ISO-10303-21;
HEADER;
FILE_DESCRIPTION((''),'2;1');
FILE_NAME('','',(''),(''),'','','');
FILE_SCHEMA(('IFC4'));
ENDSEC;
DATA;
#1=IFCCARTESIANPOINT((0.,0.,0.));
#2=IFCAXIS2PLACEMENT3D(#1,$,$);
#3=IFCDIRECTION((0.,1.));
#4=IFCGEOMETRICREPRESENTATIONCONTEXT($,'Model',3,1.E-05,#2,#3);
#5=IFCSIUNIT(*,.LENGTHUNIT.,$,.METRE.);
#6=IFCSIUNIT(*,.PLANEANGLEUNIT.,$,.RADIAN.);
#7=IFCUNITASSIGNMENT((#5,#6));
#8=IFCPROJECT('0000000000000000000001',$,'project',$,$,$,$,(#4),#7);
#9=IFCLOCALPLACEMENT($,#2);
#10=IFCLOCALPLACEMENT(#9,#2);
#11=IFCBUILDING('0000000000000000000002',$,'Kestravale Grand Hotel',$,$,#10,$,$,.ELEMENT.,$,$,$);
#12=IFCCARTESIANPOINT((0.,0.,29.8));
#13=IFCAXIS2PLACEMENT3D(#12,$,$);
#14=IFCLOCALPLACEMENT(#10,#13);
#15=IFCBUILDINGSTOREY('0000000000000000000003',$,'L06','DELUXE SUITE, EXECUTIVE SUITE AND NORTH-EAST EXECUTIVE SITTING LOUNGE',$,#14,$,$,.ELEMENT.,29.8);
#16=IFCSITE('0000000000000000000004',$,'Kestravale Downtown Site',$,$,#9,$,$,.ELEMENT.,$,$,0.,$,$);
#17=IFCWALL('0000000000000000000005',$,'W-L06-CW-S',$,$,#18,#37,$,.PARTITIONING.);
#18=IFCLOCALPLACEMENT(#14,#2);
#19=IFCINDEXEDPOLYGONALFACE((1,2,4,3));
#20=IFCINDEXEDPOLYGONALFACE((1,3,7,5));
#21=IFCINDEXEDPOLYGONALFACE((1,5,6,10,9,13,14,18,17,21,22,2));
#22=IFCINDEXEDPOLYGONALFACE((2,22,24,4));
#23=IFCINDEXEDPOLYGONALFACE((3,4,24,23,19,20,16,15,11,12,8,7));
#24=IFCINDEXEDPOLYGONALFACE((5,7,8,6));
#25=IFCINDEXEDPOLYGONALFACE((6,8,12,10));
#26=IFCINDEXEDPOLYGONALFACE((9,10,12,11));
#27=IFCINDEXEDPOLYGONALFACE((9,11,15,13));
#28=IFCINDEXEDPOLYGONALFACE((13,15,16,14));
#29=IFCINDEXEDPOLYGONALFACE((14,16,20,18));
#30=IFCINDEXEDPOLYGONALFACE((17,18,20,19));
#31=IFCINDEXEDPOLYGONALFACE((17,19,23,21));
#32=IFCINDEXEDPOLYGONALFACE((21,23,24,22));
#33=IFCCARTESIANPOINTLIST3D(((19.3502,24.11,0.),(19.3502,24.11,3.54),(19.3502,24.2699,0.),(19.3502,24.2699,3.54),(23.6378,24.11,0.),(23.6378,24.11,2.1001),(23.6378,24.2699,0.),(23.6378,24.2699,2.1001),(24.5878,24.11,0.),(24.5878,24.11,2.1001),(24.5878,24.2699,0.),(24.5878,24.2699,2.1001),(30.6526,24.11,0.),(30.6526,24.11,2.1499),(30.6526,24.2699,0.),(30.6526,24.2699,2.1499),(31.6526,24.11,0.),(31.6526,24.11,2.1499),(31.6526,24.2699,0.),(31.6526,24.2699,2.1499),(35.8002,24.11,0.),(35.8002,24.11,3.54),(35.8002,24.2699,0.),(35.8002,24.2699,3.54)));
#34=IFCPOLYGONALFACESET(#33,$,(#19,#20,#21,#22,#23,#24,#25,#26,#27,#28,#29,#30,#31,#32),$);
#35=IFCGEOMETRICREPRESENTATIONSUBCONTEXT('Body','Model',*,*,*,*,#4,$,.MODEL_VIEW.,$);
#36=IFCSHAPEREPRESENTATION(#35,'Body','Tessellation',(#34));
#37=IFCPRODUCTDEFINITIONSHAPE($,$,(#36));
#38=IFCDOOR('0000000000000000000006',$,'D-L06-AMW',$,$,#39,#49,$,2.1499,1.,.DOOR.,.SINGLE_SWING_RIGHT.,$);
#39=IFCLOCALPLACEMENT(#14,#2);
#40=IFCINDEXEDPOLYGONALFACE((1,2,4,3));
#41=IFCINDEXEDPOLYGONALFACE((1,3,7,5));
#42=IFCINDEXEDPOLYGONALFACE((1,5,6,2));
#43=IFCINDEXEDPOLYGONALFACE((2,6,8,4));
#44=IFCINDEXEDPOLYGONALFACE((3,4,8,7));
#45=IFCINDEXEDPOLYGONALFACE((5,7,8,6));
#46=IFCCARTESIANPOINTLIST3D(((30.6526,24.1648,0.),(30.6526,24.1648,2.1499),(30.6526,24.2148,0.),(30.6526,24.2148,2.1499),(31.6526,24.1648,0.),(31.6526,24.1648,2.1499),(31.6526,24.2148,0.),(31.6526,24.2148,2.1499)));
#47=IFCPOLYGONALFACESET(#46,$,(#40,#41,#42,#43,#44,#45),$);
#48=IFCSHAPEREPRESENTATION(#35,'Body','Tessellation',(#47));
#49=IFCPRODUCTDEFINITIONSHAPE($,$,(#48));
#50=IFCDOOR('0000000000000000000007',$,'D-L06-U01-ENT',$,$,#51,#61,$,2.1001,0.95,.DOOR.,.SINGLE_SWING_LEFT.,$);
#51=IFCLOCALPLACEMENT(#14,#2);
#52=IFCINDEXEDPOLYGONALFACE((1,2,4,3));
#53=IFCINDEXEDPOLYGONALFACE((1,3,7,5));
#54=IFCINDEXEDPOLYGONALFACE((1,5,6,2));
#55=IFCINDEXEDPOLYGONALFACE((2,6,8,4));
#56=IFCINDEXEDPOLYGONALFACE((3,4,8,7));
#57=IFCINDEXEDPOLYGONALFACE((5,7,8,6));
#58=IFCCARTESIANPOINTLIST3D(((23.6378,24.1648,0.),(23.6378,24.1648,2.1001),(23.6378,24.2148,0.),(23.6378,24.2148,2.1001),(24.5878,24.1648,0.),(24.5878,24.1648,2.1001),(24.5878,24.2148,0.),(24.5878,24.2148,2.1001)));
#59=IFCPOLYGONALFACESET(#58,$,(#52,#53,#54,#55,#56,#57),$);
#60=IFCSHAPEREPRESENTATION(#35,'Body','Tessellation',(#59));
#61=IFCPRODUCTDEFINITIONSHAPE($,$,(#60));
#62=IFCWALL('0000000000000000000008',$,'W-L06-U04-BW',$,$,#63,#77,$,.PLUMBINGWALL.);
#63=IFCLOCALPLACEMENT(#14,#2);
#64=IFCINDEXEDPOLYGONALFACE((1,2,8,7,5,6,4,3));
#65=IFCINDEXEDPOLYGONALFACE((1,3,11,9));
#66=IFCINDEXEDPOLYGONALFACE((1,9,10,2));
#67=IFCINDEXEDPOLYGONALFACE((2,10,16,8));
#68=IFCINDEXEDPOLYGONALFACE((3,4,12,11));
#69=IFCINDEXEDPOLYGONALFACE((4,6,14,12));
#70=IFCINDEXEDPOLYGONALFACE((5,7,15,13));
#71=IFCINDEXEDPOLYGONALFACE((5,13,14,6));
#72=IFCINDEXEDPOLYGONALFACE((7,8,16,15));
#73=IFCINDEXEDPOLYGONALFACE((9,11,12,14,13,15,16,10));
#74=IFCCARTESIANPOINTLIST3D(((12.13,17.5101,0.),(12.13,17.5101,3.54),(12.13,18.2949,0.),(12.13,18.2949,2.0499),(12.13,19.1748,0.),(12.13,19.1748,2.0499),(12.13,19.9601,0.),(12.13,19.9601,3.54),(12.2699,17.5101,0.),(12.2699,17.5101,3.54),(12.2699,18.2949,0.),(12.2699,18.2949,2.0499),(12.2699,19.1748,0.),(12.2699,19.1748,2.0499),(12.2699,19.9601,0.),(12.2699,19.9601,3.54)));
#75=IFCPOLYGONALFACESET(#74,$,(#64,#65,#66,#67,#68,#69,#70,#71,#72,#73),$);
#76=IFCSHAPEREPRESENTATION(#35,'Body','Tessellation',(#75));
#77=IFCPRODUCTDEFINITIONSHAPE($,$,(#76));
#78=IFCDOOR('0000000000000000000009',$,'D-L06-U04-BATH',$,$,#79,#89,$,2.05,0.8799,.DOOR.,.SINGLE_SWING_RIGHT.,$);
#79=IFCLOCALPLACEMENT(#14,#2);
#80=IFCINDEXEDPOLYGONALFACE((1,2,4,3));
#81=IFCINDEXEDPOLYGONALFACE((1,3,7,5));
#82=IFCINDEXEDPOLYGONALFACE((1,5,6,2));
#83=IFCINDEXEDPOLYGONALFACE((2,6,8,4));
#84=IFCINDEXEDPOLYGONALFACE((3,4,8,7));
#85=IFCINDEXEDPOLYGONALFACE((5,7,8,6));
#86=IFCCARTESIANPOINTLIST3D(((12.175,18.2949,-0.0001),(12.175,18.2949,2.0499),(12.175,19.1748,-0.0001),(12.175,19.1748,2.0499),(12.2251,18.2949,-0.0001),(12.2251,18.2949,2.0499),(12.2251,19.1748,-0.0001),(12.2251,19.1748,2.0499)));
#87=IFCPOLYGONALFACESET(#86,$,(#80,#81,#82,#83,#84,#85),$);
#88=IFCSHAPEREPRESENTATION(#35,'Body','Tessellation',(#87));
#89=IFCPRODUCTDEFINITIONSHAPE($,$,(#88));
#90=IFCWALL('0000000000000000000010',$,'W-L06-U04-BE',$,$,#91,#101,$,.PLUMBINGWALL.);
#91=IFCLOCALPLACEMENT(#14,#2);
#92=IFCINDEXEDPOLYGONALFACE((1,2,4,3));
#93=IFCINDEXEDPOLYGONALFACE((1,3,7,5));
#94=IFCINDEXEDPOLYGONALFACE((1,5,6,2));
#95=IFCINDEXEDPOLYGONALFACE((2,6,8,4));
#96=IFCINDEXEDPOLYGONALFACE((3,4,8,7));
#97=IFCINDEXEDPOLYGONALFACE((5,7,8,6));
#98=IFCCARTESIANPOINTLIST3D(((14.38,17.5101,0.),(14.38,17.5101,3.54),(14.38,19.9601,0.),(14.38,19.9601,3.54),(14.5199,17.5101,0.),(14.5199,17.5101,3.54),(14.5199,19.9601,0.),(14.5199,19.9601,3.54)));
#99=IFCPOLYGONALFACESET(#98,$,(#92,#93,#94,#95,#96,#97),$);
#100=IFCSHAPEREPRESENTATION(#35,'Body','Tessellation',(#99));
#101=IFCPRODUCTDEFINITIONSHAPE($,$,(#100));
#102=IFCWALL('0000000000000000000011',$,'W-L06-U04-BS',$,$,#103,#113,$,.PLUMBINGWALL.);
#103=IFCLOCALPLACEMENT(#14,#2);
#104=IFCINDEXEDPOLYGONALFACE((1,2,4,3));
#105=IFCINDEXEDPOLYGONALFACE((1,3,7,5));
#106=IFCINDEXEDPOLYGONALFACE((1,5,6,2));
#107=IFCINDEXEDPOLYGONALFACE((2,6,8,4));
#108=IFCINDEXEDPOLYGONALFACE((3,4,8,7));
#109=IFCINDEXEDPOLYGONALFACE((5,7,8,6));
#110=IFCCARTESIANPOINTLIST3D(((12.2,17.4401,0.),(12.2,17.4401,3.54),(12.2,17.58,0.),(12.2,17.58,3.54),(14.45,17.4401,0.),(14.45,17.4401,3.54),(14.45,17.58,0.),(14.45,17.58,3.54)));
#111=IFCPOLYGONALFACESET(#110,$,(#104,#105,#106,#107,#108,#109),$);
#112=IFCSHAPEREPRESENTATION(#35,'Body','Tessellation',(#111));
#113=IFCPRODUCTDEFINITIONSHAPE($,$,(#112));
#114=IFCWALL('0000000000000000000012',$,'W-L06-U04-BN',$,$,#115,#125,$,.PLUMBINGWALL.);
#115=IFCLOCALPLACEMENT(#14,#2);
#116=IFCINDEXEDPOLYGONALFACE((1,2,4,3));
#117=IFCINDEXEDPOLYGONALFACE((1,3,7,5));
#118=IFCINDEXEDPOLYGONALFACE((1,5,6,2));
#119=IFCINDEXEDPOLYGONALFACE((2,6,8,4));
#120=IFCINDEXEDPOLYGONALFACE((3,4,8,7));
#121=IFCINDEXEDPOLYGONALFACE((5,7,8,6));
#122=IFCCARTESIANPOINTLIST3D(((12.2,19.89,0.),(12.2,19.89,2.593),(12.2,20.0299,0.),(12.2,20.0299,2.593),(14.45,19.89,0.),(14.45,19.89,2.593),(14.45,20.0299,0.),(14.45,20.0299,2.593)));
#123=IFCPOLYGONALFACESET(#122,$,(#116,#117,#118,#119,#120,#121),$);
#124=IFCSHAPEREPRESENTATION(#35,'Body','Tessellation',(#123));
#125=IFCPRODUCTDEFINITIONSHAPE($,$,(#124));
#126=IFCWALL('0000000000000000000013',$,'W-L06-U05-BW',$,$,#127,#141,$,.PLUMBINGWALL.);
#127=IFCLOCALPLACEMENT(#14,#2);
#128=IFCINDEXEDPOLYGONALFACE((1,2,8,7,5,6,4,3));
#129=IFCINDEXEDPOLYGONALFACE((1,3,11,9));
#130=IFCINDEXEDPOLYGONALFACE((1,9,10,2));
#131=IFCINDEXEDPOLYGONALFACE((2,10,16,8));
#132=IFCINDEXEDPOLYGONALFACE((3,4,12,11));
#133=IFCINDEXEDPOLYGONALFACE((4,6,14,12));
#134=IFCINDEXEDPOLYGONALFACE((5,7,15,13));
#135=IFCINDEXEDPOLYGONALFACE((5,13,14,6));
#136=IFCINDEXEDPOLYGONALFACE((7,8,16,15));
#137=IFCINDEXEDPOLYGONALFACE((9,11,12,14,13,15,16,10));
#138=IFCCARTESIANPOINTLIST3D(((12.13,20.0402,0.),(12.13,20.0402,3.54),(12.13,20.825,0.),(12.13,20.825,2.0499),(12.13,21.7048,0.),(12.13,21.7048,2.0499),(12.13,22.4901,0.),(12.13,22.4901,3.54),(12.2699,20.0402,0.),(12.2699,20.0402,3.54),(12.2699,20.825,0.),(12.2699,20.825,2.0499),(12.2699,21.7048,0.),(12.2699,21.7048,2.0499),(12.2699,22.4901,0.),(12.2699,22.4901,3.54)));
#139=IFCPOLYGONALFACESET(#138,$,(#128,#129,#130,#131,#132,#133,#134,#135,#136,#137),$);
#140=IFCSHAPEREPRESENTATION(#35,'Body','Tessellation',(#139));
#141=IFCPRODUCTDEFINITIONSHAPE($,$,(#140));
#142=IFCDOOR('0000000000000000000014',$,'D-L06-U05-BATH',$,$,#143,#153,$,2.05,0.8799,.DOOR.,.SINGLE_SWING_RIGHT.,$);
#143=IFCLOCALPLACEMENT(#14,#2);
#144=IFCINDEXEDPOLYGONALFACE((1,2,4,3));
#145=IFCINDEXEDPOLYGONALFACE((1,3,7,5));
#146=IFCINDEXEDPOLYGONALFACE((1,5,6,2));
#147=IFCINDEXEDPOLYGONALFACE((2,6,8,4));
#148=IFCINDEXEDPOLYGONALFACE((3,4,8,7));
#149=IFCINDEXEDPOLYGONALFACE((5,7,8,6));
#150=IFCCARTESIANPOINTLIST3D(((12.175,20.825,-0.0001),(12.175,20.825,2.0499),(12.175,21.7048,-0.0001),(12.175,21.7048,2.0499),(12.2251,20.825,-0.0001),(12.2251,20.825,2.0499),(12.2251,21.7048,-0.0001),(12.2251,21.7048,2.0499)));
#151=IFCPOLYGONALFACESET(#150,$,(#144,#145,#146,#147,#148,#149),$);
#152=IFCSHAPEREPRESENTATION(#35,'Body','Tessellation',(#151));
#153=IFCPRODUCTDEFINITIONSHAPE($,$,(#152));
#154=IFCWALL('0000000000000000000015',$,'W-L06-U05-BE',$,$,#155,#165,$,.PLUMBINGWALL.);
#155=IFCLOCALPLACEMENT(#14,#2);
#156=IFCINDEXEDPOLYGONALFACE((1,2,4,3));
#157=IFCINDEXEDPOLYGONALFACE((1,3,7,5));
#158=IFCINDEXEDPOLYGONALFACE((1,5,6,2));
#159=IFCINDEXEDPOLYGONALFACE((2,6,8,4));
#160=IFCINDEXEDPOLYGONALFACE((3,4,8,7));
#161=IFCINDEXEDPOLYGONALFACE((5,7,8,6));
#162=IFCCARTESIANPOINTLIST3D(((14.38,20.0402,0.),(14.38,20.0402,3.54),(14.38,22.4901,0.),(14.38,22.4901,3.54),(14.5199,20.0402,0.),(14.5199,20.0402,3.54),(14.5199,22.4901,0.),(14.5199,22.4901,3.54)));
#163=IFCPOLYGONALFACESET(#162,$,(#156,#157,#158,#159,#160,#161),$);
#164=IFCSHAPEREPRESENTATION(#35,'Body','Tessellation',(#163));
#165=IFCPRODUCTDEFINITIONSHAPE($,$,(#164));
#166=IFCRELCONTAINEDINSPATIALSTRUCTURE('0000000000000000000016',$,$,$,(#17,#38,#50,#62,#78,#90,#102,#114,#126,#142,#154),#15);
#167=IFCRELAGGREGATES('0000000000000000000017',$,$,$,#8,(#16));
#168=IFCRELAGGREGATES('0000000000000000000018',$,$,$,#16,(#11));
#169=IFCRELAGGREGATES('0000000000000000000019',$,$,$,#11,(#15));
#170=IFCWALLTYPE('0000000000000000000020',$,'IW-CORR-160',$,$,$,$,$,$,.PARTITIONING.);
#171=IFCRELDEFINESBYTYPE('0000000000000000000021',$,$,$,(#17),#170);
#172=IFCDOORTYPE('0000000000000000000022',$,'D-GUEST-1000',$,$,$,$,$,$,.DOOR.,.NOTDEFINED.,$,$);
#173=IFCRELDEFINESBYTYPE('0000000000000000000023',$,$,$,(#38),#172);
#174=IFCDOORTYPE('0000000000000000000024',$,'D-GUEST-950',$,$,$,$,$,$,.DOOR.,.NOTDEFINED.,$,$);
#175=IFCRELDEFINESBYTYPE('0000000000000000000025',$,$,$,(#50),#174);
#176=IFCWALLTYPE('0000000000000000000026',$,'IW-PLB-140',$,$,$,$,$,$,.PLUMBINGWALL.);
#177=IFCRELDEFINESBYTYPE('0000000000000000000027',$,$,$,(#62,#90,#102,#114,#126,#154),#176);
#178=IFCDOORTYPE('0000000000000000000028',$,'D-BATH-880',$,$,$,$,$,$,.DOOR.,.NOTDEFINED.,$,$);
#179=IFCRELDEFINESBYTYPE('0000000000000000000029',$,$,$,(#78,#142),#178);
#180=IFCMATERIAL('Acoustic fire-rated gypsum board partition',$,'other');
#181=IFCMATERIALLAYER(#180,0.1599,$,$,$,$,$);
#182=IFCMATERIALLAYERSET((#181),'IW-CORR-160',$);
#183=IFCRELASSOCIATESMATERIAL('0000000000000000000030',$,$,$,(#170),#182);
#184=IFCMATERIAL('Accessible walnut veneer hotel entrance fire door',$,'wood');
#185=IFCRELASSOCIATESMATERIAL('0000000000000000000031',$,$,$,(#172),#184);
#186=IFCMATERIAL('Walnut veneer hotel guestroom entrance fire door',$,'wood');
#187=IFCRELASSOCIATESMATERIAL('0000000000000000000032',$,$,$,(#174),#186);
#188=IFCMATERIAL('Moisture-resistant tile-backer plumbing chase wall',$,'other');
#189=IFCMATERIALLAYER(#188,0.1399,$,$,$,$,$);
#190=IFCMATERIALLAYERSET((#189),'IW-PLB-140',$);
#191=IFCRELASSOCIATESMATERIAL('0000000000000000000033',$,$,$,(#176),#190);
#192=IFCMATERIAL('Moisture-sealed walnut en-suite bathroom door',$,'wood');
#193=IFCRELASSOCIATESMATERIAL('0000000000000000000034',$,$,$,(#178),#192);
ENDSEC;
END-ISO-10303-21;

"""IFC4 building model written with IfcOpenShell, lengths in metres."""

from ifc_helpers import new_model, si_unit, direction, frame, frame_2d, origin, place, context, subcontext, project, spatial, rectangle, extrude, material, layer, layer_set, type_object, element, fill, save


model = new_model("IFC4")

# Units and contexts
model_context = context("Model", 3, precision=1e-05, world=origin(), true_north=direction((0.0, 1.0)))
body_context = subcontext(model_context, "Body", "Model", "MODEL_VIEW")
ifc_project = project(units=[si_unit("LENGTHUNIT", "METRE"), si_unit("PLANEANGLEUNIT", "RADIAN")], contexts=[model_context])

# Site, building, storey
site_placement = place(None, origin())
site = spatial("IfcSite", under=ifc_project, at=site_placement, Name="Kestravale Downtown Site", CompositionType="ELEMENT", RefElevation=0.0)
building_placement = place(site_placement, origin())
building = spatial("IfcBuilding", under=site, at=building_placement, Name="Kestravale Grand Hotel", CompositionType="ELEMENT")
storey_placement = place(building_placement, frame((0.0, 0.0, 29.8)))
storey = spatial("IfcBuildingStorey", under=building, at=storey_placement, Name="L06", Description="DELUXE SUITE, EXECUTIVE SUITE AND NORTH-EAST EXECUTIVE SITTING LOUNGE", CompositionType="ELEMENT", Elevation=29.8)

# Shared definitions
ifc_material_1 = material(Name="Acoustic fire-rated gypsum board partition", Category="other")
ifc_layer_1 = layer(ifc_material_1, 0.1599)
ifc_layer_set_1 = layer_set([ifc_layer_1], Name="IW-CORR-160")
wall_type_1 = type_object("IfcWallType", Name="IW-CORR-160", PredefinedType="PARTITIONING", material=ifc_layer_set_1)

# Wall, openings, doors
wall_1_placement = place(storey_placement, frame((19.3501, 24.1899, 0.0), z_axis=(0.0, 0.0, 1.0), x_axis=(1.0, 0.0, 0.0)))
wall_1 = element("IfcWall", 1, at=wall_1_placement, inside=storey, type_object=wall_type_1, Name="W-L06-CW-S", PredefinedType="PARTITIONING", context=body_context, shape_type="SweptSolid", body=[
    extrude(rectangle(XDim=16.45, YDim=0.1599, at=frame_2d((8.2251, 0.0))), origin(), (0.0, 0.0, 1.0), 3.54),
])
opening_1_placement = place(wall_1_placement, frame((4.2876, 0.0, 0.0)))
opening_1 = element("IfcOpeningElement", 2, at=opening_1_placement, cuts=wall_1, PredefinedType="OPENING", context=body_context, shape_type="SweptSolid", body=[
    extrude(rectangle(XDim=0.95, YDim=2.1001, at=frame_2d((0.4751, 1.05))), frame((0.0, 0.0898, 0.0), z_axis=(0.0, -1.0, 0.0), x_axis=(1.0, 0.0, 0.0)), (0.0, 0.0, 1.0), 0.1799),
])
opening_2_placement = place(wall_1_placement, frame((11.3025, 0.0, 0.0)))
opening_2 = element("IfcOpeningElement", 3, at=opening_2_placement, cuts=wall_1, PredefinedType="OPENING", context=body_context, shape_type="SweptSolid", body=[
    extrude(rectangle(XDim=1.0, YDim=2.1499, at=frame_2d((0.5, 1.075))), frame((0.0, 0.0898, 0.0), z_axis=(0.0, -1.0, 0.0), x_axis=(1.0, 0.0, 0.0)), (0.0, 0.0, 1.0), 0.1799),
])
ifc_material_2 = material(Name="Accessible walnut veneer hotel entrance fire door", Category="wood")
door_type_1 = type_object("IfcDoorType", Name="D-GUEST-1000", OperationType="NOTDEFINED", PredefinedType="DOOR", material=ifc_material_2)
door_1_placement = place(opening_2_placement, origin())
door_1 = element("IfcDoor", 4, at=door_1_placement, inside=storey, type_object=door_type_1, Name="D-L06-AMW", OperationType="SINGLE_SWING_RIGHT", OverallHeight=2.1499, OverallWidth=1.0, PredefinedType="DOOR", context=body_context, shape_type="SweptSolid", body=[
    extrude(rectangle(XDim=1.0, YDim=2.1499, at=frame_2d((0.5, 1.075))), frame((0.0, 0.0249, 0.0), z_axis=(0.0, -1.0, 0.0), x_axis=(1.0, 0.0, 0.0)), (0.0, 0.0, 1.0), 0.05),
])
fill(opening_2, door_1)
ifc_material_3 = material(Name="Walnut veneer hotel guestroom entrance fire door", Category="wood")
door_type_2 = type_object("IfcDoorType", Name="D-GUEST-950", OperationType="NOTDEFINED", PredefinedType="DOOR", material=ifc_material_3)
door_2_placement = place(opening_1_placement, origin())
door_2 = element("IfcDoor", 5, at=door_2_placement, inside=storey, type_object=door_type_2, Name="D-L06-U01-ENT", OperationType="SINGLE_SWING_LEFT", OverallHeight=2.1001, OverallWidth=0.95, PredefinedType="DOOR", context=body_context, shape_type="SweptSolid", body=[
    extrude(rectangle(XDim=0.95, YDim=2.1001, at=frame_2d((0.4751, 1.05))), frame((0.0, 0.0249, 0.0), z_axis=(0.0, -1.0, 0.0), x_axis=(1.0, 0.0, 0.0)), (0.0, 0.0, 1.0), 0.05),
])
fill(opening_1, door_2)

# Wall, opening, door
ifc_material_4 = material(Name="Moisture-resistant tile-backer plumbing chase wall", Category="other")
ifc_layer_2 = layer(ifc_material_4, 0.1399)
ifc_layer_set_2 = layer_set([ifc_layer_2], Name="IW-PLB-140")
wall_type_2 = type_object("IfcWallType", Name="IW-PLB-140", PredefinedType="PLUMBINGWALL", material=ifc_layer_set_2)
wall_2_placement = place(storey_placement, frame((12.2, 17.51, 0.0), z_axis=(0.0, 0.0, 1.0), x_axis=(0.0, 1.0, 0.0)))
wall_2 = element("IfcWall", 6, at=wall_2_placement, inside=storey, type_object=wall_type_2, Name="W-L06-U04-BW", PredefinedType="PLUMBINGWALL", context=body_context, shape_type="SweptSolid", body=[
    extrude(rectangle(XDim=2.45, YDim=0.1399, at=frame_2d((1.2251, 0.0))), origin(), (0.0, 0.0, 1.0), 3.54),
])
opening_3_placement = place(wall_2_placement, frame((0.7849, 0.0, 0.0)))
opening_3 = element("IfcOpeningElement", 7, at=opening_3_placement, cuts=wall_2, PredefinedType="OPENING", context=body_context, shape_type="SweptSolid", body=[
    extrude(rectangle(XDim=0.8799, YDim=2.05, at=frame_2d((0.4399, 1.0249))), frame((0.0, 0.0798, 0.0), z_axis=(0.0, -1.0, 0.0), x_axis=(1.0, 0.0, 0.0)), (0.0, 0.0, 1.0), 0.1599),
])
ifc_material_5 = material(Name="Moisture-sealed walnut en-suite bathroom door", Category="wood")
door_type_3 = type_object("IfcDoorType", Name="D-BATH-880", OperationType="NOTDEFINED", PredefinedType="DOOR", material=ifc_material_5)
door_3_placement = place(opening_3_placement, origin())
door_3 = element("IfcDoor", 8, at=door_3_placement, inside=storey, type_object=door_type_3, Name="D-L06-U04-BATH", OperationType="SINGLE_SWING_RIGHT", OverallHeight=2.05, OverallWidth=0.8799, PredefinedType="DOOR", context=body_context, shape_type="SweptSolid", body=[
    extrude(rectangle(XDim=0.8799, YDim=2.05, at=frame_2d((0.4399, 1.0249))), frame((0.0, 0.0249, 0.0), z_axis=(0.0, -1.0, 0.0), x_axis=(1.0, 0.0, 0.0)), (0.0, 0.0, 1.0), 0.05),
])
fill(opening_3, door_3)

# Walls
wall_3_placement = place(storey_placement, frame((14.45, 17.51, 0.0), z_axis=(0.0, 0.0, 1.0), x_axis=(0.0, 1.0, 0.0)))
element("IfcWall", 9, at=wall_3_placement, inside=storey, type_object=wall_type_2, Name="W-L06-U04-BE", PredefinedType="PLUMBINGWALL", context=body_context, shape_type="SweptSolid", body=[
    extrude(rectangle(XDim=2.45, YDim=0.1399, at=frame_2d((1.2251, 0.0))), origin(), (0.0, 0.0, 1.0), 3.54),
])
wall_4_placement = place(storey_placement, frame((12.2, 17.51, 0.0), z_axis=(0.0, 0.0, 1.0), x_axis=(1.0, 0.0, 0.0)))
element("IfcWall", 10, at=wall_4_placement, inside=storey, type_object=wall_type_2, Name="W-L06-U04-BS", PredefinedType="PLUMBINGWALL", context=body_context, shape_type="SweptSolid", body=[
    extrude(rectangle(XDim=2.25, YDim=0.1399, at=frame_2d((1.125, 0.0))), origin(), (0.0, 0.0, 1.0), 3.54),
])
wall_5_placement = place(storey_placement, frame((12.2, 19.96, 0.0), z_axis=(0.0, 0.0, 1.0), x_axis=(1.0, 0.0, 0.0)))
element("IfcWall", 11, at=wall_5_placement, inside=storey, type_object=wall_type_2, Name="W-L06-U04-BN", PredefinedType="PLUMBINGWALL", context=body_context, shape_type="SweptSolid", body=[
    extrude(rectangle(XDim=2.25, YDim=0.1399, at=frame_2d((1.125, 0.0))), origin(), (0.0, 0.0, 1.0), 2.593),
])

# Wall, opening, door
wall_6_placement = place(storey_placement, frame((12.2, 20.04, 0.0), z_axis=(0.0, 0.0, 1.0), x_axis=(0.0, 1.0, 0.0)))
wall_6 = element("IfcWall", 12, at=wall_6_placement, inside=storey, type_object=wall_type_2, Name="W-L06-U05-BW", PredefinedType="PLUMBINGWALL", context=body_context, shape_type="SweptSolid", body=[
    extrude(rectangle(XDim=2.45, YDim=0.1399, at=frame_2d((1.2251, 0.0))), origin(), (0.0, 0.0, 1.0), 3.54),
])
opening_4_placement = place(wall_6_placement, frame((0.7849, 0.0, 0.0)))
opening_4 = element("IfcOpeningElement", 13, at=opening_4_placement, cuts=wall_6, PredefinedType="OPENING", context=body_context, shape_type="SweptSolid", body=[
    extrude(rectangle(XDim=0.8799, YDim=2.05, at=frame_2d((0.4399, 1.0249))), frame((0.0, 0.0798, 0.0), z_axis=(0.0, -1.0, 0.0), x_axis=(1.0, 0.0, 0.0)), (0.0, 0.0, 1.0), 0.1599),
])
door_4_placement = place(opening_4_placement, origin())
door_4 = element("IfcDoor", 14, at=door_4_placement, inside=storey, type_object=door_type_3, Name="D-L06-U05-BATH", OperationType="SINGLE_SWING_RIGHT", OverallHeight=2.05, OverallWidth=0.8799, PredefinedType="DOOR", context=body_context, shape_type="SweptSolid", body=[
    extrude(rectangle(XDim=0.8799, YDim=2.05, at=frame_2d((0.4399, 1.0249))), frame((0.0, 0.0249, 0.0), z_axis=(0.0, -1.0, 0.0), x_axis=(1.0, 0.0, 0.0)), (0.0, 0.0, 1.0), 0.05),
])
fill(opening_4, door_4)

# Wall
wall_7_placement = place(storey_placement, frame((14.45, 20.04, 0.0), z_axis=(0.0, 0.0, 1.0), x_axis=(0.0, 1.0, 0.0)))
element("IfcWall", 15, at=wall_7_placement, inside=storey, type_object=wall_type_2, Name="W-L06-U05-BE", PredefinedType="PLUMBINGWALL", context=body_context, shape_type="SweptSolid", body=[
    extrude(rectangle(XDim=2.45, YDim=0.1399, at=frame_2d((1.2251, 0.0))), origin(), (0.0, 0.0, 1.0), 3.54),
])

save(model, "model.ifc")
